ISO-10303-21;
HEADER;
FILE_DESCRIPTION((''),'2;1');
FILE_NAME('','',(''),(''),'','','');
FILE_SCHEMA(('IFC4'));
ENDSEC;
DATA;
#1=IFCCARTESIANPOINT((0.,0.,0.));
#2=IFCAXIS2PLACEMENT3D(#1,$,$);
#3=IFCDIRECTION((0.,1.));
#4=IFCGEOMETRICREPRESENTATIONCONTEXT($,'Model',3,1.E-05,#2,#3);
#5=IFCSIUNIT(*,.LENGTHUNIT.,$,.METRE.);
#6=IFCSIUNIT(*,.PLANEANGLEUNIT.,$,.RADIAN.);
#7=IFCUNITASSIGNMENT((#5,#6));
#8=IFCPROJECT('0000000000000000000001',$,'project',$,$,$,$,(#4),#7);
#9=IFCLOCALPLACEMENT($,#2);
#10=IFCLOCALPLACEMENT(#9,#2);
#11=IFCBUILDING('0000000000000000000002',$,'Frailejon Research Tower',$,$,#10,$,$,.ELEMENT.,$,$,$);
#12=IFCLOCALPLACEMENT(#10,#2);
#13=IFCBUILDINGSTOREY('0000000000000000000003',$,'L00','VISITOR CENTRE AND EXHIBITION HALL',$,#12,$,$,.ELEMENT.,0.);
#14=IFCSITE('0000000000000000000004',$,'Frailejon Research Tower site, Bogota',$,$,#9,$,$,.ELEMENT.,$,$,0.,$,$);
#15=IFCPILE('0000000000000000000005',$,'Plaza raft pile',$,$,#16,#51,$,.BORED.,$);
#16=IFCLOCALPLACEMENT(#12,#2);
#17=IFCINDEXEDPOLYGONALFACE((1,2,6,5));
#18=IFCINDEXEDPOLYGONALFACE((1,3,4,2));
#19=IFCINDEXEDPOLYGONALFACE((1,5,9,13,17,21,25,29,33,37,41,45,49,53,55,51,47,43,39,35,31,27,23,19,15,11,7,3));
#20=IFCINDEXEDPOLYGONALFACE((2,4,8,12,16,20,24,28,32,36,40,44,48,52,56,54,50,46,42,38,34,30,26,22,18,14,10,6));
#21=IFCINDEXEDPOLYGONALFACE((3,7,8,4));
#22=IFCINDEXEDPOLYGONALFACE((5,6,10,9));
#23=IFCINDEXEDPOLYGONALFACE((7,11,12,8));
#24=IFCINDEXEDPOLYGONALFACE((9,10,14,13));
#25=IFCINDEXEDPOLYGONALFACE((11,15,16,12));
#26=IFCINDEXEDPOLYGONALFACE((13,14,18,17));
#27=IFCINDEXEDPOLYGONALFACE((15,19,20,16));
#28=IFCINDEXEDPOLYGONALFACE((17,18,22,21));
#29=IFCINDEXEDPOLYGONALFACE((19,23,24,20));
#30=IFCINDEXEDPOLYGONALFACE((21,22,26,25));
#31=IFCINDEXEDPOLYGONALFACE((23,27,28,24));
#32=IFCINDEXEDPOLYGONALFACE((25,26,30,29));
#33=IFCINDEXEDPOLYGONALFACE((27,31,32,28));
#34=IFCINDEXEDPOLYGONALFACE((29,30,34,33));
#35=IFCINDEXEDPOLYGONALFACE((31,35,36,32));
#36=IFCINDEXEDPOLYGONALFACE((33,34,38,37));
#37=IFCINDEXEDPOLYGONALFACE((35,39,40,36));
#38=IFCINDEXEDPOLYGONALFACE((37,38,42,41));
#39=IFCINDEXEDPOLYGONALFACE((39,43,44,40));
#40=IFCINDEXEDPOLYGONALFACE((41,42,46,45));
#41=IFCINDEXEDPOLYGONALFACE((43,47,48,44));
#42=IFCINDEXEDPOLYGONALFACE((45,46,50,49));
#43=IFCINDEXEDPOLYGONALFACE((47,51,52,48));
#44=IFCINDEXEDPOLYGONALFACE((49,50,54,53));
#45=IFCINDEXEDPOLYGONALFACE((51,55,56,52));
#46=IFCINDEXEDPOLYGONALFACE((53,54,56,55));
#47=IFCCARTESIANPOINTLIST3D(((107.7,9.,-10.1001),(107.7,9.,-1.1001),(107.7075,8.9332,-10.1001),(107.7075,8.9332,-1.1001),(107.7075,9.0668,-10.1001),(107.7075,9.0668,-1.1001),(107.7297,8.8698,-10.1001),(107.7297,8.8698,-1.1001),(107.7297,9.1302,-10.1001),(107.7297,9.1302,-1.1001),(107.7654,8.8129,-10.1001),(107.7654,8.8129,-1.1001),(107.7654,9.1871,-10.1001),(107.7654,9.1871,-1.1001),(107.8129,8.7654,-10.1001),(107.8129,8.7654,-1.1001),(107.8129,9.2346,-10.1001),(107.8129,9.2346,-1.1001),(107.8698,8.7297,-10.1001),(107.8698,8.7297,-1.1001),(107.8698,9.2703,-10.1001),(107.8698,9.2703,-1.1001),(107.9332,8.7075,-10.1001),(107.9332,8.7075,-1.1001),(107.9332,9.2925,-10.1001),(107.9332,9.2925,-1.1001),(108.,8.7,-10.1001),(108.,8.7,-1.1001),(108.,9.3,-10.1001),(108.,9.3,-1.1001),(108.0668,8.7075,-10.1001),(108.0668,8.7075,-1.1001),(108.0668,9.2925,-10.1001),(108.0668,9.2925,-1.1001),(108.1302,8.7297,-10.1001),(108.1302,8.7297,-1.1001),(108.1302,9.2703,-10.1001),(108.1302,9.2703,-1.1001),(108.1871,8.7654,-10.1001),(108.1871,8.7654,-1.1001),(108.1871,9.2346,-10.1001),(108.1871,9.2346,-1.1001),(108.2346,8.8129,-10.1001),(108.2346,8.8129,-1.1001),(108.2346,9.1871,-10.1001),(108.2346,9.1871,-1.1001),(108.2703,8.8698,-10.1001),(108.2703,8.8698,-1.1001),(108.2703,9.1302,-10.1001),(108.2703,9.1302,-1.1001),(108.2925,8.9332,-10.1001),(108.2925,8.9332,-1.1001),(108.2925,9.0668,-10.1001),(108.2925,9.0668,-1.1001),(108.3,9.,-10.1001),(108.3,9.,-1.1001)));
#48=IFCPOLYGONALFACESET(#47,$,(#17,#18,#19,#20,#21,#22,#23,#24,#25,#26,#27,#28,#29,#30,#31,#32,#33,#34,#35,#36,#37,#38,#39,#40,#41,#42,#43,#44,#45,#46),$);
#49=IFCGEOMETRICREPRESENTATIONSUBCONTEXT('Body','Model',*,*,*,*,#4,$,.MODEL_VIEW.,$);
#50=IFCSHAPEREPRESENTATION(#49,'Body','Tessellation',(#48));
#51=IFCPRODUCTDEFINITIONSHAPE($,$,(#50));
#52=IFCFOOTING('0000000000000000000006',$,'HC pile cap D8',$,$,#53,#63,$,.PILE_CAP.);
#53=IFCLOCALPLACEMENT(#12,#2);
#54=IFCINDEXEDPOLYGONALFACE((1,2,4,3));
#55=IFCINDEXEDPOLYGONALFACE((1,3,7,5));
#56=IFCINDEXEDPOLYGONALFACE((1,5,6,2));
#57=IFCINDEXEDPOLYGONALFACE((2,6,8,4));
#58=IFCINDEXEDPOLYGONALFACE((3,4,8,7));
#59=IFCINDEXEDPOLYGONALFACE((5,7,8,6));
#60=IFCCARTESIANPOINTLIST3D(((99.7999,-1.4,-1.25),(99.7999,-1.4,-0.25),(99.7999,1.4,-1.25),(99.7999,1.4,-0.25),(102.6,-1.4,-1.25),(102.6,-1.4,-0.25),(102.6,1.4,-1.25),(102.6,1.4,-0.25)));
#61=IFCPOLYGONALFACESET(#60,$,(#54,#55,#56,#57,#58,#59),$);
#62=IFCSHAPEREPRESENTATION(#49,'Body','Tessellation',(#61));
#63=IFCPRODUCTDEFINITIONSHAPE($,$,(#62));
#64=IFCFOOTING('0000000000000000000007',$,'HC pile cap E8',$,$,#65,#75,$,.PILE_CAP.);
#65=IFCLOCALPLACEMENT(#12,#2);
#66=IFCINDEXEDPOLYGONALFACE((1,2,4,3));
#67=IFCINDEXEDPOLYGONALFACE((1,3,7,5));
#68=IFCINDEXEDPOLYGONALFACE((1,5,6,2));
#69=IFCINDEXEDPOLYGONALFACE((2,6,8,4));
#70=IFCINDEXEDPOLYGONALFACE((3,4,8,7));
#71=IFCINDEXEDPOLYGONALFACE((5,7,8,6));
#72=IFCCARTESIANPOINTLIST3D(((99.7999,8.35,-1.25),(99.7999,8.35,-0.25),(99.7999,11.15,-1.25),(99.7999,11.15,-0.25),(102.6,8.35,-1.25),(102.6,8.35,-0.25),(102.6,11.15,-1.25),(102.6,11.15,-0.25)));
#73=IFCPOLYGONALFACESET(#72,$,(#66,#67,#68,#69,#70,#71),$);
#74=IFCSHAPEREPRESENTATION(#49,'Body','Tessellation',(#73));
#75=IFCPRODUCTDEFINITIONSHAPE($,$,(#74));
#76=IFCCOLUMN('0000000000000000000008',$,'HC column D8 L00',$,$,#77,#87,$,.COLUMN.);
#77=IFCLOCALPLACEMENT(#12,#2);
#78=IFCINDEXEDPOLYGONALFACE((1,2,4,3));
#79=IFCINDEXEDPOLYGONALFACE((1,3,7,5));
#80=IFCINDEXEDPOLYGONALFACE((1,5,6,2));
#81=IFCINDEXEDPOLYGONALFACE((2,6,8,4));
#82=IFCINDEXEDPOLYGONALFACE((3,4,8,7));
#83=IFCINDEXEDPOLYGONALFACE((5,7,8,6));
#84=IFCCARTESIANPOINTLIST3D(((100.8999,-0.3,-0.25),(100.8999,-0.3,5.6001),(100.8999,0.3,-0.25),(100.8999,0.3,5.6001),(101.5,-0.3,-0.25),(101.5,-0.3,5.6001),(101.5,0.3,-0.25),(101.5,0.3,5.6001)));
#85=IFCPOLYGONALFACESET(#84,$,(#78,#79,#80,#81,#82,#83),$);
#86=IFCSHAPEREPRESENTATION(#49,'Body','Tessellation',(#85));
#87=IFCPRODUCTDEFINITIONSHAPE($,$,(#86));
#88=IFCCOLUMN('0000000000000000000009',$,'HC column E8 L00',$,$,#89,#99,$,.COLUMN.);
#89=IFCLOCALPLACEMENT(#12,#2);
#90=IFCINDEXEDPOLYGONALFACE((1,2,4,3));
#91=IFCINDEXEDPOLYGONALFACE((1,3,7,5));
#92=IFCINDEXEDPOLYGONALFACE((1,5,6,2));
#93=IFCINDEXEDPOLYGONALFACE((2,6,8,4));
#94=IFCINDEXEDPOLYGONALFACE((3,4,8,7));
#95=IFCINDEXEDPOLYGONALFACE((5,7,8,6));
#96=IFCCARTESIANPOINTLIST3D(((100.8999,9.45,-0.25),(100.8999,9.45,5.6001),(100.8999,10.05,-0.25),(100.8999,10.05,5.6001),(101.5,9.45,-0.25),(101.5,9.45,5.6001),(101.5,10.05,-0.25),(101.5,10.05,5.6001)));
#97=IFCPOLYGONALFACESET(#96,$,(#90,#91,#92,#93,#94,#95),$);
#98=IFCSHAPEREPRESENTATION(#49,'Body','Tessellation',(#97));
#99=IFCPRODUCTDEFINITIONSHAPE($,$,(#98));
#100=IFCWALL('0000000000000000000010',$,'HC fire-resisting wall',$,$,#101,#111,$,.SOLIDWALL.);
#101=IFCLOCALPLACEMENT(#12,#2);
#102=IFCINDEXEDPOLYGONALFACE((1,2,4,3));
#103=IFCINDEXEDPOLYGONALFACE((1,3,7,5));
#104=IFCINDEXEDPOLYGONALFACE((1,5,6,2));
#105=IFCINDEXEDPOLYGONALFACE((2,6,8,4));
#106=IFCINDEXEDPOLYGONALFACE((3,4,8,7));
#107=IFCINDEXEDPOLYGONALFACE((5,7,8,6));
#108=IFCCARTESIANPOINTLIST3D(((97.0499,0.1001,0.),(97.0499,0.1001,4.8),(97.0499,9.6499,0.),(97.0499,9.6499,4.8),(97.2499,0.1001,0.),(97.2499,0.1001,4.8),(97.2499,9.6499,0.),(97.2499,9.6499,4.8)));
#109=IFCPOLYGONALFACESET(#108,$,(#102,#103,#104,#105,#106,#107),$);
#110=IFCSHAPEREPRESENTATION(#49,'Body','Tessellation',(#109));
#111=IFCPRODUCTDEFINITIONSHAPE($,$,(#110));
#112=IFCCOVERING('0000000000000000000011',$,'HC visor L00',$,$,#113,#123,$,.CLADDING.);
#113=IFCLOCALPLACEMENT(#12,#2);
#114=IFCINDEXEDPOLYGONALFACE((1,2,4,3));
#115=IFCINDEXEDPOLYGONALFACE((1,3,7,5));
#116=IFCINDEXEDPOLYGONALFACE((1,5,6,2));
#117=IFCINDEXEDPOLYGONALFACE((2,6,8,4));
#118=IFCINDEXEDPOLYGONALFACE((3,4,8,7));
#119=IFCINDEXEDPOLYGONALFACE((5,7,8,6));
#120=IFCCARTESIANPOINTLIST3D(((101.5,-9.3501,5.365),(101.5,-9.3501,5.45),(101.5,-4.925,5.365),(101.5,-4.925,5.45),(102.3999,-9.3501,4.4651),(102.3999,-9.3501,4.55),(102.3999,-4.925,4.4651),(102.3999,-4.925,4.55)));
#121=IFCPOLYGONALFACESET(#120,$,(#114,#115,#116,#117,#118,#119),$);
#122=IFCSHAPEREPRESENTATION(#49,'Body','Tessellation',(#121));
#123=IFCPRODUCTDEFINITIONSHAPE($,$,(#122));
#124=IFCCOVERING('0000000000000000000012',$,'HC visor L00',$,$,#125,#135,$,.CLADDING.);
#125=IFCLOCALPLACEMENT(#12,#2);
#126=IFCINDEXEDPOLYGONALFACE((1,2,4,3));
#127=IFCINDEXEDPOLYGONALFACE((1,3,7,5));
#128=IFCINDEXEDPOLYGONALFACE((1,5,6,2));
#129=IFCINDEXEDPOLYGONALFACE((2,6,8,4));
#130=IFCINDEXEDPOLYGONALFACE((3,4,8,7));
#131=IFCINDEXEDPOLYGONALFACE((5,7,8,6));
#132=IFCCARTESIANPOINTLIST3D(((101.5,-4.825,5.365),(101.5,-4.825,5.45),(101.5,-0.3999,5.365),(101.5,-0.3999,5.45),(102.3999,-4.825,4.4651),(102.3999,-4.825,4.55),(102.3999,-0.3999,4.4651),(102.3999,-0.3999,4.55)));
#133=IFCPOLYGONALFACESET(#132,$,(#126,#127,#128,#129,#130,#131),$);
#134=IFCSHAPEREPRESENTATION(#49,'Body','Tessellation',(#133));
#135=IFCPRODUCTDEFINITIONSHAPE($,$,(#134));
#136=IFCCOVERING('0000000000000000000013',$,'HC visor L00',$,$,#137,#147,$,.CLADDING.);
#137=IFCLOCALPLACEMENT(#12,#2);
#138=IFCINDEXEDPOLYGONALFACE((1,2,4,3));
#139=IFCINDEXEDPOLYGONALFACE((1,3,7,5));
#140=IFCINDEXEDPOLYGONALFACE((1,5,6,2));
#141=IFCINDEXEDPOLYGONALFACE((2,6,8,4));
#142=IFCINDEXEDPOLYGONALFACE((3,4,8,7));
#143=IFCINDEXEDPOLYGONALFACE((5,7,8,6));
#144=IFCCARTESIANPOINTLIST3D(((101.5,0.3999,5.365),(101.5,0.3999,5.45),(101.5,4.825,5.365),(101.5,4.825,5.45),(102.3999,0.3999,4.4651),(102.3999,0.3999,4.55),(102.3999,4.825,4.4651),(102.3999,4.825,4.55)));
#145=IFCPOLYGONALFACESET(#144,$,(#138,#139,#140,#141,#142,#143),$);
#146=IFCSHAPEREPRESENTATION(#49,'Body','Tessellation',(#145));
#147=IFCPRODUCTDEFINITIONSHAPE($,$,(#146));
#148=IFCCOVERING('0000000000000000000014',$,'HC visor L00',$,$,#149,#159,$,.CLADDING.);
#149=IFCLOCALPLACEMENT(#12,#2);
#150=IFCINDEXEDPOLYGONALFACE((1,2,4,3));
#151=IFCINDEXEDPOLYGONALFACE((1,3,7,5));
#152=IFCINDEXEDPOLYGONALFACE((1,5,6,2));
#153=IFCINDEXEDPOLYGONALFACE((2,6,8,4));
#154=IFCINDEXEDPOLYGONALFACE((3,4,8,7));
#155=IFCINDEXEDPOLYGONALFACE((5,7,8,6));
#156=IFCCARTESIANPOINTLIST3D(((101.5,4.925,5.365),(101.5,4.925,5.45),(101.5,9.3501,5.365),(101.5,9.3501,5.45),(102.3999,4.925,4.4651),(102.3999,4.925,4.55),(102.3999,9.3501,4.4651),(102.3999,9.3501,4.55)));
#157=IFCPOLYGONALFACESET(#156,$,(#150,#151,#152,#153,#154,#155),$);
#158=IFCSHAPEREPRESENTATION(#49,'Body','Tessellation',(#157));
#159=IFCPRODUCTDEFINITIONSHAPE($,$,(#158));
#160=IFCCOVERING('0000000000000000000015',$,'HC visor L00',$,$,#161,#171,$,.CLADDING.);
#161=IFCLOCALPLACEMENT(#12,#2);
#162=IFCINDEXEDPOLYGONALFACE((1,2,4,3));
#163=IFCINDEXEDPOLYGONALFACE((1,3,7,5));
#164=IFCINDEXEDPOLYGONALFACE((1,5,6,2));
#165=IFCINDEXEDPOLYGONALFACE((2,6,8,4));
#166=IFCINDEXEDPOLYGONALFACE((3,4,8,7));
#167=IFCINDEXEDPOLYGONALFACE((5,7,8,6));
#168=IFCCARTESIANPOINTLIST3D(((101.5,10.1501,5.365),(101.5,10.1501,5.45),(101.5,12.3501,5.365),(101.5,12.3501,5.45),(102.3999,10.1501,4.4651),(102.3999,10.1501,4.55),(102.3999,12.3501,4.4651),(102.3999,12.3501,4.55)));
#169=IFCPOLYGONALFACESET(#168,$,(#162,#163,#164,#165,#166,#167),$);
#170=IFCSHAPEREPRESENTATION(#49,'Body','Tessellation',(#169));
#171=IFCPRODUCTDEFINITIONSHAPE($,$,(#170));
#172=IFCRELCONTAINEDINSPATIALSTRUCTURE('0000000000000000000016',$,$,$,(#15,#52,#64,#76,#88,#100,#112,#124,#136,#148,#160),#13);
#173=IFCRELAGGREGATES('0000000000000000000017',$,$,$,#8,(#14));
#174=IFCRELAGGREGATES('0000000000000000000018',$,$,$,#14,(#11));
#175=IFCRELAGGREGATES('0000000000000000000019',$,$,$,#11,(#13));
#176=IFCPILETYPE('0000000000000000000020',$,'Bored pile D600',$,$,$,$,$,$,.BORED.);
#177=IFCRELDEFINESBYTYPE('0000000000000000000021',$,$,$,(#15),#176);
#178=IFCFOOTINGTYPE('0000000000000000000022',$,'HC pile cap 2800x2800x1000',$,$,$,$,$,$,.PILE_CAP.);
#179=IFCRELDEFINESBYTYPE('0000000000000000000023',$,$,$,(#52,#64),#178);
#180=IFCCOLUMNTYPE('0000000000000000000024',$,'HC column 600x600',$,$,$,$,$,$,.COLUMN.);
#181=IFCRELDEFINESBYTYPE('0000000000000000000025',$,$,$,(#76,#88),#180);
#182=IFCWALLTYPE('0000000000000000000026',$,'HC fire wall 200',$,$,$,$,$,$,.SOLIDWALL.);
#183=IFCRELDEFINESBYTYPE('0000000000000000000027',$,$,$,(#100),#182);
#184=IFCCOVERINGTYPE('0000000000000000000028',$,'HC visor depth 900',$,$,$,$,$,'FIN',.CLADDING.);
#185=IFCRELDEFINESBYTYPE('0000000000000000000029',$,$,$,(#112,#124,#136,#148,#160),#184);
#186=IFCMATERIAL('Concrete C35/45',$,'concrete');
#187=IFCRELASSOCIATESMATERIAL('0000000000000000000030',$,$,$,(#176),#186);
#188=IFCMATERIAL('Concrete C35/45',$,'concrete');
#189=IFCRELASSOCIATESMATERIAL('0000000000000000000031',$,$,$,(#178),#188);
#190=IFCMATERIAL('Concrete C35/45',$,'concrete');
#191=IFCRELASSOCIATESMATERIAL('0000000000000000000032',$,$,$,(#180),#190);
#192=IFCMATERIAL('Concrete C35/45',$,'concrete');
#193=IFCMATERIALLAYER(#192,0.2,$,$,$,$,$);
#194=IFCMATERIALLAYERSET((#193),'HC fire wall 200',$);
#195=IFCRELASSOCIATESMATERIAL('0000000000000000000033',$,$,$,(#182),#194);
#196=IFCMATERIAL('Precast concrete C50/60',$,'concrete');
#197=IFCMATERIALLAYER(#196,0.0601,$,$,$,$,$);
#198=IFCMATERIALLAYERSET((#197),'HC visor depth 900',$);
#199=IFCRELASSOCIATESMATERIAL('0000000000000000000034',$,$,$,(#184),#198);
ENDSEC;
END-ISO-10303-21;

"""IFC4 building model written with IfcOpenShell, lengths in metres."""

from ifc_helpers import new_model, si_unit, direction, frame, frame_2d, origin, origin_2d, place, context, subcontext, project, spatial, polyline, rectangle, circle, outline, extrude, material, layer, layer_set, material_profile, profile_set, type_object, element, save


model = new_model("IFC4")

# Units and contexts
model_context = context("Model", 3, precision=1e-05, world=origin(), true_north=direction((0.0, 1.0)))
body_context = subcontext(model_context, "Body", "Model", "MODEL_VIEW")
ifc_project = project(units=[si_unit("LENGTHUNIT", "METRE"), si_unit("PLANEANGLEUNIT", "RADIAN")], contexts=[model_context])

# Site, building, storey
site_placement = place(None, origin())
site = spatial("IfcSite", under=ifc_project, at=site_placement, Name="Frailejon Research Tower site, Bogota", CompositionType="ELEMENT", RefElevation=0.0)
building_placement = place(site_placement, origin())
building = spatial("IfcBuilding", under=site, at=building_placement, Name="Frailejon Research Tower", CompositionType="ELEMENT")
storey_placement = place(building_placement, origin())
storey = spatial("IfcBuildingStorey", under=building, at=storey_placement, Name="L00", Description="VISITOR CENTRE AND EXHIBITION HALL", CompositionType="ELEMENT", Elevation=0.0)

# Pile
ifc_material_1 = material(Name="Concrete C35/45", Category="concrete")
ifc_material_profile_1 = material_profile(ifc_material_1, circle(Radius=0.3, at=origin_2d()), Name="Bored pile D600")
ifc_profile_set_1 = profile_set([ifc_material_profile_1], Name="Concrete C35/45")
pile_type = type_object("IfcPileType", Name="Bored pile D600", PredefinedType="BORED", material=ifc_profile_set_1)
for number, where, z_axis, x_axis, name in (
    (1, (108.0, 9.0, -1.1001), (0.0, 0.0, -1.0), (1.0, 0.0, 0.0), "Plaza raft pile"),
):
    element("IfcPile", number, at=place(storey_placement, frame(where, z_axis=z_axis, x_axis=x_axis)), inside=storey, type_object=pile_type, Name=name, PredefinedType="BORED", context=body_context, shape_type="SweptSolid", body=[
        extrude(circle(Radius=0.3, at=origin_2d()), origin(), (0.0, 0.0, 1.0), 9.0),
    ])

# Footings
ifc_material_2 = material(Name="Concrete C35/45", Category="concrete")
footing_type = type_object("IfcFootingType", Name="HC pile cap 2800x2800x1000", PredefinedType="PILE_CAP", material=ifc_material_2)
for number, where, z_axis, x_axis, name in (
    (2, (101.2, 0.0, -1.25), (0.0, 0.0, 1.0), (1.0, 0.0, 0.0), "HC pile cap D8"),
    (3, (101.2, 9.75, -1.25), (0.0, 0.0, 1.0), (1.0, 0.0, 0.0), "HC pile cap E8"),
):
    element("IfcFooting", number, at=place(storey_placement, frame(where, z_axis=z_axis, x_axis=x_axis)), inside=storey, type_object=footing_type, Name=name, PredefinedType="PILE_CAP", context=body_context, shape_type="SweptSolid", body=[
        extrude(rectangle(XDim=2.8, YDim=2.8, at=origin_2d()), origin(), (0.0, 0.0, 1.0), 1.0),
    ])

# Columns
ifc_material_3 = material(Name="Concrete C35/45", Category="concrete")
ifc_material_profile_2 = material_profile(ifc_material_3, rectangle(XDim=0.6001, YDim=0.6001, at=origin_2d()), Name="HC column 600x600")
ifc_profile_set_2 = profile_set([ifc_material_profile_2], Name="Concrete C35/45")
column_type = type_object("IfcColumnType", Name="HC column 600x600", PredefinedType="COLUMN", material=ifc_profile_set_2)
for number, where, z_axis, x_axis, name in (
    (4, (101.2, 0.0, -0.25), (0.0, 0.0, 1.0), (1.0, 0.0, 0.0), "HC column D8 L00"),
    (5, (101.2, 9.75, -0.25), (0.0, 0.0, 1.0), (1.0, 0.0, 0.0), "HC column E8 L00"),
):
    element("IfcColumn", number, at=place(storey_placement, frame(where, z_axis=z_axis, x_axis=x_axis)), inside=storey, type_object=column_type, Name=name, PredefinedType="COLUMN", context=body_context, shape_type="SweptSolid", body=[
        extrude(rectangle(XDim=0.6001, YDim=0.6001, at=origin_2d()), origin(), (0.0, 0.0, 1.0), 5.8501),
    ])

# Wall
ifc_material_4 = material(Name="Concrete C35/45", Category="concrete")
ifc_layer_1 = layer(ifc_material_4, 0.2)
ifc_layer_set_1 = layer_set([ifc_layer_1], Name="HC fire wall 200")
wall_type = type_object("IfcWallType", Name="HC fire wall 200", PredefinedType="SOLIDWALL", material=ifc_layer_set_1)
wall_placement = place(storey_placement, frame((97.1499, 0.1001, 0.0), z_axis=(0.0, 0.0, 1.0), x_axis=(0.0, 1.0, 0.0)))
element("IfcWall", 6, at=wall_placement, inside=storey, type_object=wall_type, Name="HC fire-resisting wall", PredefinedType="SOLIDWALL", context=body_context, shape_type="SweptSolid", body=[
    extrude(rectangle(XDim=9.5498, YDim=0.2, at=frame_2d((4.7749, 0.0))), origin(), (0.0, 0.0, 1.0), 4.8),
])

# Coverings
ifc_material_5 = material(Name="Precast concrete C50/60", Category="concrete")
ifc_layer_2 = layer(ifc_material_5, 0.0601)
ifc_layer_set_2 = layer_set([ifc_layer_2], Name="HC visor depth 900")
covering_type = type_object("IfcCoveringType", Name="HC visor depth 900", ElementType="FIN", PredefinedType="CLADDING", material=ifc_layer_set_2)
for number, where, z_axis, x_axis, name in (
    (7, (101.5, -4.925, 5.45), (0.0, -1.0, 0.0), (1.0, 0.0, 0.0), "HC visor L00"),
    (8, (101.5, -0.3999, 5.45), (0.0, -1.0, 0.0), (1.0, 0.0, 0.0), "HC visor L00"),
    (9, (101.5, 4.825, 5.45), (0.0, -1.0, 0.0), (1.0, 0.0, 0.0), "HC visor L00"),
    (10, (101.5, 9.3501, 5.45), (0.0, -1.0, 0.0), (1.0, 0.0, 0.0), "HC visor L00"),
):
    element("IfcCovering", number, at=place(storey_placement, frame(where, z_axis=z_axis, x_axis=x_axis)), inside=storey, type_object=covering_type, Name=name, PredefinedType="CLADDING", context=body_context, shape_type="SweptSolid", body=[
        extrude(outline(polyline([(0.0, -0.085), (0.8999, -0.9849), (0.8999, -0.8999), (0.0, 0.0), (0.0, -0.085)])), origin(), (0.0, 0.0, 1.0), 4.425),
    ])
covering_placement = place(storey_placement, frame((101.5, 12.3501, 5.45), z_axis=(0.0, -1.0, 0.0), x_axis=(1.0, 0.0, 0.0)))
element("IfcCovering", 11, at=covering_placement, inside=storey, type_object=covering_type, Name="HC visor L00", PredefinedType="CLADDING", context=body_context, shape_type="SweptSolid", body=[
    extrude(outline(polyline([(0.0, -0.085), (0.8999, -0.9849), (0.8999, -0.8999), (0.0, 0.0), (0.0, -0.085)])), origin(), (0.0, 0.0, 1.0), 2.2),
])

save(model, "model.ifc")
